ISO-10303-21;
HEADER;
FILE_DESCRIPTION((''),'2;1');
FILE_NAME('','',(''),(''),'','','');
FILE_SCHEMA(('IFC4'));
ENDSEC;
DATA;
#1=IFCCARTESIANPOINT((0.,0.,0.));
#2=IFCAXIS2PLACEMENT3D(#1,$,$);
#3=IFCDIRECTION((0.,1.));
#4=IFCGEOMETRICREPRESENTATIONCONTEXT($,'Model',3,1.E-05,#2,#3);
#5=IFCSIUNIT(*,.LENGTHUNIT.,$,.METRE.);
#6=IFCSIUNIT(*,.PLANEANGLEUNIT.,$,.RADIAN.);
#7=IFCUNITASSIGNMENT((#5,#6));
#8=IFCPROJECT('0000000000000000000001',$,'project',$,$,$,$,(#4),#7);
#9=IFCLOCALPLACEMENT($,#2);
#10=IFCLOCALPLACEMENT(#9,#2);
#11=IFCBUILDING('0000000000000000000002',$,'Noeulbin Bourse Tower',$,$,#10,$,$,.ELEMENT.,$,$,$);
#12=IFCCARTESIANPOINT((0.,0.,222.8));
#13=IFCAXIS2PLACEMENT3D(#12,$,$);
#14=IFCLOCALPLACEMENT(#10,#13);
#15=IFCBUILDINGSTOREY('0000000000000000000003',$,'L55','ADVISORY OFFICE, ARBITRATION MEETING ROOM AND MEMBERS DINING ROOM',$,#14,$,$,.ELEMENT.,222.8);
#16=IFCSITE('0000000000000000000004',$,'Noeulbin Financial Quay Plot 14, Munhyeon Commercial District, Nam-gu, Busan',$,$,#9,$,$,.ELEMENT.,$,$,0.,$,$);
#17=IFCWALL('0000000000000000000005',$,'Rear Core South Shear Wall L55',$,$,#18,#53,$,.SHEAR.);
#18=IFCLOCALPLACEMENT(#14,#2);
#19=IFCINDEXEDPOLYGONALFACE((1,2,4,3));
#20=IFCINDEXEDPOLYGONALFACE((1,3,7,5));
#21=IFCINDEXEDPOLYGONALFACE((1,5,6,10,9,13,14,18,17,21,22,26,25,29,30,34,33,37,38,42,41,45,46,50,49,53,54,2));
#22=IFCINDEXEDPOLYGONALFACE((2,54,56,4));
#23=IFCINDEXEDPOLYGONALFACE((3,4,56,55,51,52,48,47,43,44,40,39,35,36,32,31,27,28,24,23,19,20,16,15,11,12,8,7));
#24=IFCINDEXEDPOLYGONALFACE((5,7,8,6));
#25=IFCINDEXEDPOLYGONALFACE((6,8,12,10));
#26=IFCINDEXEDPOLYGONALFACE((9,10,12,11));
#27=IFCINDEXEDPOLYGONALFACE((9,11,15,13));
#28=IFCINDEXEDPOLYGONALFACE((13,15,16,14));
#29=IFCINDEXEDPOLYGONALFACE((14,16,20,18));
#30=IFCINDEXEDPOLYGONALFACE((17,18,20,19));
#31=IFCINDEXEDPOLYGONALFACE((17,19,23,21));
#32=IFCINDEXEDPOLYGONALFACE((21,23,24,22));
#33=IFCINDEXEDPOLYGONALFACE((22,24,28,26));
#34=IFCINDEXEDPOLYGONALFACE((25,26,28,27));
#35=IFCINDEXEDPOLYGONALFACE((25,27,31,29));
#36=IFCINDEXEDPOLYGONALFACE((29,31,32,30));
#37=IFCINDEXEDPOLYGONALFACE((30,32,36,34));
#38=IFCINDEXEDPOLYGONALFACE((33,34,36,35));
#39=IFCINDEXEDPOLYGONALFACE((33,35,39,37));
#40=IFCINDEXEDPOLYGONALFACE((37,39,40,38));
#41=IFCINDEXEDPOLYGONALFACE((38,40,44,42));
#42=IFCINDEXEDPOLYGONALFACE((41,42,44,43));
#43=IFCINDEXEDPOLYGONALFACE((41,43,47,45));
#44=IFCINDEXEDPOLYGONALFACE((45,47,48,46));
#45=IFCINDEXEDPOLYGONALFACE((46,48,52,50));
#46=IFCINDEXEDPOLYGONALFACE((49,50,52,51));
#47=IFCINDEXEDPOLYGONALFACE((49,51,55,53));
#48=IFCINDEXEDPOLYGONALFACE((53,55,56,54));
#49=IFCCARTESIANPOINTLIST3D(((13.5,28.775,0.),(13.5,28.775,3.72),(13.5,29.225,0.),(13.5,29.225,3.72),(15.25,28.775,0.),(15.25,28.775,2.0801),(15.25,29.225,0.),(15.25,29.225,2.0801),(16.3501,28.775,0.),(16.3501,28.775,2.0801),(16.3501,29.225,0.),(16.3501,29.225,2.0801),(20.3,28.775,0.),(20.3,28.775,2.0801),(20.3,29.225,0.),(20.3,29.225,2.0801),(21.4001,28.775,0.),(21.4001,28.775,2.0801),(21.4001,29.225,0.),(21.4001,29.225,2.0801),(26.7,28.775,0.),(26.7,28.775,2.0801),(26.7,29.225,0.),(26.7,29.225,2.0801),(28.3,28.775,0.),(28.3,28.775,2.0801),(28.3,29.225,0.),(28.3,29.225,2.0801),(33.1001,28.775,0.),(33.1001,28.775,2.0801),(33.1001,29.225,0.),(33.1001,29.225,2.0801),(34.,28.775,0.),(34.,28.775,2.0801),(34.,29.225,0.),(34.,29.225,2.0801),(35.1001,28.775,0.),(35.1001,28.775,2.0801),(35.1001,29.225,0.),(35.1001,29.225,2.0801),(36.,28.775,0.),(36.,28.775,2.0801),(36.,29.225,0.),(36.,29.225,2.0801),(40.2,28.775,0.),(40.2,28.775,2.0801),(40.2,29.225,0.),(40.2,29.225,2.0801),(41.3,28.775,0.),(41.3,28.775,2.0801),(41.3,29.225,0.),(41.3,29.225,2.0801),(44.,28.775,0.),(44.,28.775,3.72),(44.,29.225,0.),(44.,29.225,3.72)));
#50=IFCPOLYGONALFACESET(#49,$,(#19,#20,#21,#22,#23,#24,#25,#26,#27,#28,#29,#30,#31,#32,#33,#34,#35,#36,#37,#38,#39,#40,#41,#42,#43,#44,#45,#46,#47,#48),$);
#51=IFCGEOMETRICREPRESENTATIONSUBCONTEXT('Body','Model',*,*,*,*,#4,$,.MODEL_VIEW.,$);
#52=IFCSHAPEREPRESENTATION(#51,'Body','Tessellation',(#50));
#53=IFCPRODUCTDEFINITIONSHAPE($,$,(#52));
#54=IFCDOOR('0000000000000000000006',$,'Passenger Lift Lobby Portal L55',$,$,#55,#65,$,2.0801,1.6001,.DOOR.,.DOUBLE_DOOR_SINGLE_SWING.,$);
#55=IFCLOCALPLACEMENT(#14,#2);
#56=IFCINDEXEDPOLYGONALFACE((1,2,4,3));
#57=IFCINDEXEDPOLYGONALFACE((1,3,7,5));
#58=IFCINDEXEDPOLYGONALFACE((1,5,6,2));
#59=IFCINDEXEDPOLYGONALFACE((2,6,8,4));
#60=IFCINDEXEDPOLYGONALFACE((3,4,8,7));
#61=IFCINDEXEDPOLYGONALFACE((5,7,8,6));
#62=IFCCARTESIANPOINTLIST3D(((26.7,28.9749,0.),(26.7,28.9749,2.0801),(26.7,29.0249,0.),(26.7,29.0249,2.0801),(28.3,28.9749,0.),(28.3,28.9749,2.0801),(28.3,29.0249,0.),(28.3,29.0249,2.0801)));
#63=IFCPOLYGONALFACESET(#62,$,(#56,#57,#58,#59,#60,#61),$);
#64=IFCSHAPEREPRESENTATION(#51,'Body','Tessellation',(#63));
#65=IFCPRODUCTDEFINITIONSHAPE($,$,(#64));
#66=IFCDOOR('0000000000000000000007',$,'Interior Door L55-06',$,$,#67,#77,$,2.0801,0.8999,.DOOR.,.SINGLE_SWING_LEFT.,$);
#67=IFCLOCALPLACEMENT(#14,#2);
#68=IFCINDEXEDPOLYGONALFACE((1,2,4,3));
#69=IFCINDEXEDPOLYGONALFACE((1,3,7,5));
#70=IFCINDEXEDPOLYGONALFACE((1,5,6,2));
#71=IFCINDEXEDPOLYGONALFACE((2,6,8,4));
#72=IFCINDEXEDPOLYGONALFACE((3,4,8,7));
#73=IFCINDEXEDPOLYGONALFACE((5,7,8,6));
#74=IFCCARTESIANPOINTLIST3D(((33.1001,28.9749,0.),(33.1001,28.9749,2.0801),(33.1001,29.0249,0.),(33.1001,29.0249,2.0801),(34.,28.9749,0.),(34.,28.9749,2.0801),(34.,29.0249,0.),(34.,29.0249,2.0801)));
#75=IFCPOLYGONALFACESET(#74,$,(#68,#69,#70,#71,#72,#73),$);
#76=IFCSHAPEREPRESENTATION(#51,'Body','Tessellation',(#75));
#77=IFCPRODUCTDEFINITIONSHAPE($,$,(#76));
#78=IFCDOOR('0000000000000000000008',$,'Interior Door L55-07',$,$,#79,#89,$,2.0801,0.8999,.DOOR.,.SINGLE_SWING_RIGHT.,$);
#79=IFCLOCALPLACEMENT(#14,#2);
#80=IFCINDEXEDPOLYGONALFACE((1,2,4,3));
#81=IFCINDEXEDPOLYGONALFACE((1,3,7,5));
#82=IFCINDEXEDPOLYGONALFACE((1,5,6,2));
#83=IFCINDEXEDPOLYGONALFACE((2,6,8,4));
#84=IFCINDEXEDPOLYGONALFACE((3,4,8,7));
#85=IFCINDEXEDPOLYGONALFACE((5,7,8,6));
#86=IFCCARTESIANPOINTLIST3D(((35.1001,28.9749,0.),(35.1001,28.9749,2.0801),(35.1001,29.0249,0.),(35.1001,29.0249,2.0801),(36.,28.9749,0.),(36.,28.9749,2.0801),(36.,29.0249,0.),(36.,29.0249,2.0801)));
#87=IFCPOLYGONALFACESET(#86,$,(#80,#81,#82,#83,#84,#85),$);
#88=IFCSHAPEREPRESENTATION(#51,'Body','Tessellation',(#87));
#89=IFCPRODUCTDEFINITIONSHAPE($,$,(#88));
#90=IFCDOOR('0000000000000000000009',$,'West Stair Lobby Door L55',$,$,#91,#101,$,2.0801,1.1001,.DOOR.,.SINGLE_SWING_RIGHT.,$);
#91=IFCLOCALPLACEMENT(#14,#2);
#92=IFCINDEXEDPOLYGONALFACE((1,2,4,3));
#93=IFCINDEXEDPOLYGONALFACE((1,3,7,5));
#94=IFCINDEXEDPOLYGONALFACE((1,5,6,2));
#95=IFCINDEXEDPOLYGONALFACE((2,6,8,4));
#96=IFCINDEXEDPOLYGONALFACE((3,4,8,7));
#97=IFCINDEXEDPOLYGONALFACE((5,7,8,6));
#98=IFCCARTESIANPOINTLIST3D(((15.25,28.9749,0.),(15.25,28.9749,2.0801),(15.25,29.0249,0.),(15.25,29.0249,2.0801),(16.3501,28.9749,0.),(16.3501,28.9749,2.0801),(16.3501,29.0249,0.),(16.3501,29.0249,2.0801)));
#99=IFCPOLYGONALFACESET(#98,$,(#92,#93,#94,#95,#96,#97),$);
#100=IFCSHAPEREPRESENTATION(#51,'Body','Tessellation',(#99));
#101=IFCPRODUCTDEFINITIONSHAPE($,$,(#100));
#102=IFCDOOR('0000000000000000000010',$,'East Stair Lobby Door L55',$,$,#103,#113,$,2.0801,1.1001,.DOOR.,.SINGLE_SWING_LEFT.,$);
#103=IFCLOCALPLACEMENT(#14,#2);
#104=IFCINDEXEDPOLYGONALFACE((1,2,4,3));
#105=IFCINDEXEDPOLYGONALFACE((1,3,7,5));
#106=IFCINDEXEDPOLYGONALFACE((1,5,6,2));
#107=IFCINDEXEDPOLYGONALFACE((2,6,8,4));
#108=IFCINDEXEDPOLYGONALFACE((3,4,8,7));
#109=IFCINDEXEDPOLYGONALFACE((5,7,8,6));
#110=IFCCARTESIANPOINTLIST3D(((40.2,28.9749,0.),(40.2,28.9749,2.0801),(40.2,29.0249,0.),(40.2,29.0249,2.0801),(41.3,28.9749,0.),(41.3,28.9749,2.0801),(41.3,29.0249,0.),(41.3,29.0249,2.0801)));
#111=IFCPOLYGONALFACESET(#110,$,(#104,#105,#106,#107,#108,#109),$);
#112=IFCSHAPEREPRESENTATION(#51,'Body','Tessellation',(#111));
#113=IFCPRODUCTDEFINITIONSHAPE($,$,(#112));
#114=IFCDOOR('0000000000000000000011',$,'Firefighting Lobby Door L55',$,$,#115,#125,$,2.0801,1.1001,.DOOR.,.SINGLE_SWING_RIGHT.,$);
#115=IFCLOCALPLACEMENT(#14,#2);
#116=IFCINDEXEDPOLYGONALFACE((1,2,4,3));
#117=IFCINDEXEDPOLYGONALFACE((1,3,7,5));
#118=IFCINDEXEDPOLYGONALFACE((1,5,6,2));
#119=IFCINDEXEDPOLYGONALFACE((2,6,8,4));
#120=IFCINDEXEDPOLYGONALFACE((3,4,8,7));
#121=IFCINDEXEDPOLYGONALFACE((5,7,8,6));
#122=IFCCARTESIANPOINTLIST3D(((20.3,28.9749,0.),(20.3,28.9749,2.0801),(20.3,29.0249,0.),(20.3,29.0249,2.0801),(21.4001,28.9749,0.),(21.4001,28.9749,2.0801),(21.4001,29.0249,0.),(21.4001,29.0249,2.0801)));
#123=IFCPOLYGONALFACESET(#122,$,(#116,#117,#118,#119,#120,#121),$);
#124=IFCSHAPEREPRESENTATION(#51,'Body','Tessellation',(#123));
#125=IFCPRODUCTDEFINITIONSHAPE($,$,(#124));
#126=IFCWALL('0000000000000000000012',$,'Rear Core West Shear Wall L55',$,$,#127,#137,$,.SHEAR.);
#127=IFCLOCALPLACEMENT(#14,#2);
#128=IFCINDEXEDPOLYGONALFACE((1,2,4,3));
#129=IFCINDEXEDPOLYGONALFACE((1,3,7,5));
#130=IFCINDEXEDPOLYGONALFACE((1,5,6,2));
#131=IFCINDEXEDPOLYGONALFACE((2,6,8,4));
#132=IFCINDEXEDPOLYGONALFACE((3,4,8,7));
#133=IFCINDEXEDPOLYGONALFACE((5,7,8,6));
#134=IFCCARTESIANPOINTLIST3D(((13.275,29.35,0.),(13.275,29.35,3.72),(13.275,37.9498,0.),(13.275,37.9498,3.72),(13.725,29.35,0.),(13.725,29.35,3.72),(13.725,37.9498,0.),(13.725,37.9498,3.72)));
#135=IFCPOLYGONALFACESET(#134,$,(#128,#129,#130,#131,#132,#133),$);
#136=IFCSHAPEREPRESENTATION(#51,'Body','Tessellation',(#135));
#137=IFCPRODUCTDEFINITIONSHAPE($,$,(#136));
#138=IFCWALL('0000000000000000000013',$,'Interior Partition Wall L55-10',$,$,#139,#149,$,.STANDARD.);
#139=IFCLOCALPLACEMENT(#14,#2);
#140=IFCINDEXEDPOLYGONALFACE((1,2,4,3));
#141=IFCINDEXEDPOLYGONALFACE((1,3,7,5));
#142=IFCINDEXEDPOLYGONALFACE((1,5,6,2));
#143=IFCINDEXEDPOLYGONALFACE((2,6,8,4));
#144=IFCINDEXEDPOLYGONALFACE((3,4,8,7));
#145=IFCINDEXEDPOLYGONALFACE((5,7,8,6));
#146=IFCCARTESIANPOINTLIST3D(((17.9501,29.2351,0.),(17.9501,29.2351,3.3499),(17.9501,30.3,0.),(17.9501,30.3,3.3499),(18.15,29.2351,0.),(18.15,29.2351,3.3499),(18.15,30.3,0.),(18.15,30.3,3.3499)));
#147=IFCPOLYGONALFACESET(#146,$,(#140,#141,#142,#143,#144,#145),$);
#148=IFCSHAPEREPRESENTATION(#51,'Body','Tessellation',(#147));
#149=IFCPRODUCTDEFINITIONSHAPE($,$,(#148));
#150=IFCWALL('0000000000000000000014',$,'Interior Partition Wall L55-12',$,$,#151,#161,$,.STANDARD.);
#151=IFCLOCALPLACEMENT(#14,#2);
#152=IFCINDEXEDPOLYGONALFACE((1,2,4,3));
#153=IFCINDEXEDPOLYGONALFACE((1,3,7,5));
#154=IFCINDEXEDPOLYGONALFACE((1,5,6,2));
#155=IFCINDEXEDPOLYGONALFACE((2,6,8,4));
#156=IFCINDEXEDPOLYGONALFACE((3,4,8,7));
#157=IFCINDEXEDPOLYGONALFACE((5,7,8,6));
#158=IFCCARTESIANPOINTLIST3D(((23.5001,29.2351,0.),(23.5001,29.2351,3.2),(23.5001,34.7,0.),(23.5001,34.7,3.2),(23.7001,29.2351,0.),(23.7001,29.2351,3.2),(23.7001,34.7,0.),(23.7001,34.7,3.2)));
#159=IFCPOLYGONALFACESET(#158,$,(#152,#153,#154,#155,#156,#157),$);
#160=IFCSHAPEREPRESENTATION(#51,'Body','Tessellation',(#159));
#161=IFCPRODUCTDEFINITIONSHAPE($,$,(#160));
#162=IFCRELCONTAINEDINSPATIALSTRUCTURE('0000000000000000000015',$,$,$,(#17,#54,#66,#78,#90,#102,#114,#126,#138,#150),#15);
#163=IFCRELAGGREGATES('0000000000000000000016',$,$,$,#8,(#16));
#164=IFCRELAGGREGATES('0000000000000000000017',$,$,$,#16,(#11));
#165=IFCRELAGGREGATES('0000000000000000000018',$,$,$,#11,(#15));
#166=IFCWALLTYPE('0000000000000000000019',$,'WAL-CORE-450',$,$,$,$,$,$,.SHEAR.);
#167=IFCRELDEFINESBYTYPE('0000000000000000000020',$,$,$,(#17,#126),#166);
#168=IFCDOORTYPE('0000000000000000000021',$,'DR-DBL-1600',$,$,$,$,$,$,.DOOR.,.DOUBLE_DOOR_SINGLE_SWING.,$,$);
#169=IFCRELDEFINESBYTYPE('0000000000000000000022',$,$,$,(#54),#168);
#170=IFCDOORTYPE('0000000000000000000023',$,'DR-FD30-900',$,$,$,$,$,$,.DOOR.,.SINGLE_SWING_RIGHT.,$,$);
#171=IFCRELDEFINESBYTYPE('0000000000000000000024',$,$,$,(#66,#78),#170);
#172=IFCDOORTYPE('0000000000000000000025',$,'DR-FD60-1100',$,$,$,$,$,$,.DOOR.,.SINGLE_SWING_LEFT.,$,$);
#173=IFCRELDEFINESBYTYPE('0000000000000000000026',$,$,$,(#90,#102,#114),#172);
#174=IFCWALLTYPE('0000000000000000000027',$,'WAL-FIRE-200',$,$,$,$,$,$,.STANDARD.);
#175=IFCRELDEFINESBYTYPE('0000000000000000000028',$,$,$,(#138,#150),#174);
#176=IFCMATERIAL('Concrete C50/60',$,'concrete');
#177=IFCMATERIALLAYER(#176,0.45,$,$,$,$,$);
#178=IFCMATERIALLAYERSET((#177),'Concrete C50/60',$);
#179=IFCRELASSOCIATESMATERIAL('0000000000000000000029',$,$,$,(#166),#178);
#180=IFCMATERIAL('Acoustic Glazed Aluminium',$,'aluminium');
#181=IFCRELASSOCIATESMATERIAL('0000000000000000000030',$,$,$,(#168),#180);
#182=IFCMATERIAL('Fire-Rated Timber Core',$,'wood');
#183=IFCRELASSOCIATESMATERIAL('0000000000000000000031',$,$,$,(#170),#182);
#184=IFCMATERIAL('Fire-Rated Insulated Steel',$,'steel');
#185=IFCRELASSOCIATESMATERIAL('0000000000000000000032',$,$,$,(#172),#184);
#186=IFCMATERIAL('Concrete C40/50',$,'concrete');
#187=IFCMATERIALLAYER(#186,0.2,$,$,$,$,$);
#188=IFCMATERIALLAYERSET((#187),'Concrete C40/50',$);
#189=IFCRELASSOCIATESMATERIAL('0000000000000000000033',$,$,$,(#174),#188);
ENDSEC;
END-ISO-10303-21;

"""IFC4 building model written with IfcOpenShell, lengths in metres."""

from ifc_helpers import new_model, si_unit, direction, frame, frame_2d, origin, place, context, subcontext, project, spatial, rectangle, extrude, material, layer, layer_set, type_object, element, fill, save


model = new_model("IFC4")

# Units and contexts
model_context = context("Model", 3, precision=1e-05, world=origin(), true_north=direction((0.0, 1.0)))
body_context = subcontext(model_context, "Body", "Model", "MODEL_VIEW")
ifc_project = project(units=[si_unit("LENGTHUNIT", "METRE"), si_unit("PLANEANGLEUNIT", "RADIAN")], contexts=[model_context])

# Site, building, storey
site_placement = place(None, origin())
site = spatial("IfcSite", under=ifc_project, at=site_placement, Name="Noeulbin Financial Quay Plot 14, Munhyeon Commercial District, Nam-gu, Busan", CompositionType="ELEMENT", RefElevation=0.0)
building_placement = place(site_placement, origin())
building = spatial("IfcBuilding", under=site, at=building_placement, Name="Noeulbin Bourse Tower", CompositionType="ELEMENT")
storey_placement = place(building_placement, frame((0.0, 0.0, 222.8)))
storey = spatial("IfcBuildingStorey", under=building, at=storey_placement, Name="L55", Description="ADVISORY OFFICE, ARBITRATION MEETING ROOM AND MEMBERS DINING ROOM", CompositionType="ELEMENT", Elevation=222.8)

# Wall, openings, doors
ifc_material_1 = material(Name="Concrete C50/60", Category="concrete")
ifc_layer_1 = layer(ifc_material_1, 0.45)
ifc_layer_set_1 = layer_set([ifc_layer_1], Name="Concrete C50/60")
wall_type_1 = type_object("IfcWallType", Name="WAL-CORE-450", PredefinedType="SHEAR", material=ifc_layer_set_1)
wall_1_placement = place(storey_placement, frame((13.5, 29.0, 0.0), z_axis=(0.0, 0.0, 1.0), x_axis=(1.0, 0.0, 0.0)))
wall_1 = element("IfcWall", 1, at=wall_1_placement, inside=storey, type_object=wall_type_1, Name="Rear Core South Shear Wall L55", PredefinedType="SHEAR", context=body_context, shape_type="SweptSolid", body=[
    extrude(rectangle(XDim=30.5, YDim=0.45, at=frame_2d((15.25, 0.0))), origin(), (0.0, 0.0, 1.0), 3.72),
])
opening_1_placement = place(wall_1_placement, frame((1.75, 0.0, 0.0)))
opening_1 = element("IfcOpeningElement", 2, at=opening_1_placement, cuts=wall_1, PredefinedType="OPENING", context=body_context, shape_type="SweptSolid", body=[
    extrude(rectangle(XDim=1.1001, YDim=2.0801, at=frame_2d((0.55, 1.04))), frame((0.0, 0.2349, 0.0), z_axis=(0.0, -1.0, 0.0), x_axis=(1.0, 0.0, 0.0)), (0.0, 0.0, 1.0), 0.47),
])
opening_2_placement = place(wall_1_placement, frame((26.7, 0.0, 0.0)))
opening_2 = element("IfcOpeningElement", 3, at=opening_2_placement, cuts=wall_1, PredefinedType="OPENING", context=body_context, shape_type="SweptSolid", body=[
    extrude(rectangle(XDim=1.1001, YDim=2.0801, at=frame_2d((0.55, 1.04))), frame((0.0, 0.2349, 0.0), z_axis=(0.0, -1.0, 0.0), x_axis=(1.0, 0.0, 0.0)), (0.0, 0.0, 1.0), 0.47),
])
opening_3_placement = place(wall_1_placement, frame((6.8, 0.0, 0.0)))
opening_3 = element("IfcOpeningElement", 4, at=opening_3_placement, cuts=wall_1, PredefinedType="OPENING", context=body_context, shape_type="SweptSolid", body=[
    extrude(rectangle(XDim=1.1001, YDim=2.0801, at=frame_2d((0.55, 1.04))), frame((0.0, 0.2349, 0.0), z_axis=(0.0, -1.0, 0.0), x_axis=(1.0, 0.0, 0.0)), (0.0, 0.0, 1.0), 0.47),
])
opening_4_placement = place(wall_1_placement, frame((13.2, 0.0, 0.0)))
opening_4 = element("IfcOpeningElement", 5, at=opening_4_placement, cuts=wall_1, PredefinedType="OPENING", context=body_context, shape_type="SweptSolid", body=[
    extrude(rectangle(XDim=1.6001, YDim=2.0801, at=frame_2d((0.8, 1.04))), frame((0.0, 0.2349, 0.0), z_axis=(0.0, -1.0, 0.0), x_axis=(1.0, 0.0, 0.0)), (0.0, 0.0, 1.0), 0.47),
])
opening_5_placement = place(wall_1_placement, frame((19.6001, 0.0, 0.0)))
opening_5 = element("IfcOpeningElement", 6, at=opening_5_placement, cuts=wall_1, PredefinedType="OPENING", context=body_context, shape_type="SweptSolid", body=[
    extrude(rectangle(XDim=0.8999, YDim=2.0801, at=frame_2d((0.45, 1.04))), frame((0.0, 0.2349, 0.0), z_axis=(0.0, -1.0, 0.0), x_axis=(1.0, 0.0, 0.0)), (0.0, 0.0, 1.0), 0.47),
])
opening_6_placement = place(wall_1_placement, frame((21.6001, 0.0, 0.0)))
opening_6 = element("IfcOpeningElement", 7, at=opening_6_placement, cuts=wall_1, PredefinedType="OPENING", context=body_context, shape_type="SweptSolid", body=[
    extrude(rectangle(XDim=0.8999, YDim=2.0801, at=frame_2d((0.45, 1.04))), frame((0.0, 0.2349, 0.0), z_axis=(0.0, -1.0, 0.0), x_axis=(1.0, 0.0, 0.0)), (0.0, 0.0, 1.0), 0.47),
])
ifc_material_2 = material(Name="Acoustic Glazed Aluminium", Category="aluminium")
door_type_1 = type_object("IfcDoorType", Name="DR-DBL-1600", OperationType="DOUBLE_DOOR_SINGLE_SWING", PredefinedType="DOOR", material=ifc_material_2)
door_1_placement = place(opening_4_placement, origin())
door_1 = element("IfcDoor", 8, at=door_1_placement, inside=storey, type_object=door_type_1, Name="Passenger Lift Lobby Portal L55", OperationType="DOUBLE_DOOR_SINGLE_SWING", OverallHeight=2.0801, OverallWidth=1.6001, PredefinedType="DOOR", context=body_context, shape_type="SweptSolid", body=[
    extrude(rectangle(XDim=1.6001, YDim=2.0801, at=frame_2d((0.8, 1.04))), frame((0.0, 0.0249, 0.0), z_axis=(0.0, -1.0, 0.0), x_axis=(1.0, 0.0, 0.0)), (0.0, 0.0, 1.0), 0.05),
])
fill(opening_4, door_1)
ifc_material_3 = material(Name="Fire-Rated Timber Core", Category="wood")
door_type_2 = type_object("IfcDoorType", Name="DR-FD30-900", OperationType="SINGLE_SWING_RIGHT", PredefinedType="DOOR", material=ifc_material_3)
door_2_placement = place(opening_5_placement, origin())
door_2 = element("IfcDoor", 9, at=door_2_placement, inside=storey, type_object=door_type_2, Name="Interior Door L55-06", OperationType="SINGLE_SWING_LEFT", OverallHeight=2.0801, OverallWidth=0.8999, PredefinedType="DOOR", context=body_context, shape_type="SweptSolid", body=[
    extrude(rectangle(XDim=0.8999, YDim=2.0801, at=frame_2d((0.45, 1.04))), frame((0.0, 0.0249, 0.0), z_axis=(0.0, -1.0, 0.0), x_axis=(1.0, 0.0, 0.0)), (0.0, 0.0, 1.0), 0.05),
])
fill(opening_5, door_2)
door_3_placement = place(opening_6_placement, origin())
door_3 = element("IfcDoor", 10, at=door_3_placement, inside=storey, type_object=door_type_2, Name="Interior Door L55-07", OperationType="SINGLE_SWING_RIGHT", OverallHeight=2.0801, OverallWidth=0.8999, PredefinedType="DOOR", context=body_context, shape_type="SweptSolid", body=[
    extrude(rectangle(XDim=0.8999, YDim=2.0801, at=frame_2d((0.45, 1.04))), frame((0.0, 0.0249, 0.0), z_axis=(0.0, -1.0, 0.0), x_axis=(1.0, 0.0, 0.0)), (0.0, 0.0, 1.0), 0.05),
])
fill(opening_6, door_3)
ifc_material_4 = material(Name="Fire-Rated Insulated Steel", Category="steel")
door_type_3 = type_object("IfcDoorType", Name="DR-FD60-1100", OperationType="SINGLE_SWING_LEFT", PredefinedType="DOOR", material=ifc_material_4)
door_4_placement = place(opening_1_placement, origin())
door_4 = element("IfcDoor", 11, at=door_4_placement, inside=storey, type_object=door_type_3, Name="West Stair Lobby Door L55", OperationType="SINGLE_SWING_RIGHT", OverallHeight=2.0801, OverallWidth=1.1001, PredefinedType="DOOR", context=body_context, shape_type="SweptSolid", body=[
    extrude(rectangle(XDim=1.1001, YDim=2.0801, at=frame_2d((0.55, 1.04))), frame((0.0, 0.0249, 0.0), z_axis=(0.0, -1.0, 0.0), x_axis=(1.0, 0.0, 0.0)), (0.0, 0.0, 1.0), 0.05),
])
fill(opening_1, door_4)
door_5_placement = place(opening_2_placement, origin())
door_5 = element("IfcDoor", 12, at=door_5_placement, inside=storey, type_object=door_type_3, Name="East Stair Lobby Door L55", OperationType="SINGLE_SWING_LEFT", OverallHeight=2.0801, OverallWidth=1.1001, PredefinedType="DOOR", context=body_context, shape_type="SweptSolid", body=[
    extrude(rectangle(XDim=1.1001, YDim=2.0801, at=frame_2d((0.55, 1.04))), frame((0.0, 0.0249, 0.0), z_axis=(0.0, -1.0, 0.0), x_axis=(1.0, 0.0, 0.0)), (0.0, 0.0, 1.0), 0.05),
])
fill(opening_2, door_5)
door_6_placement = place(opening_3_placement, origin())
door_6 = element("IfcDoor", 13, at=door_6_placement, inside=storey, type_object=door_type_3, Name="Firefighting Lobby Door L55", OperationType="SINGLE_SWING_RIGHT", OverallHeight=2.0801, OverallWidth=1.1001, PredefinedType="DOOR", context=body_context, shape_type="SweptSolid", body=[
    extrude(rectangle(XDim=1.1001, YDim=2.0801, at=frame_2d((0.55, 1.04))), frame((0.0, 0.0249, 0.0), z_axis=(0.0, -1.0, 0.0), x_axis=(1.0, 0.0, 0.0)), (0.0, 0.0, 1.0), 0.05),
])
fill(opening_3, door_6)

# Walls
wall_2_placement = place(storey_placement, frame((13.5, 29.3501, 0.0), z_axis=(0.0, 0.0, 1.0), x_axis=(0.0, 1.0, 0.0)))
element("IfcWall", 14, at=wall_2_placement, inside=storey, type_object=wall_type_1, Name="Rear Core West Shear Wall L55", PredefinedType="SHEAR", context=body_context, shape_type="SweptSolid", body=[
    extrude(rectangle(XDim=8.5999, YDim=0.45, at=frame_2d((4.2998, 0.0))), origin(), (0.0, 0.0, 1.0), 3.72),
])
ifc_material_5 = material(Name="Concrete C40/50", Category="concrete")
ifc_layer_2 = layer(ifc_material_5, 0.2)
ifc_layer_set_2 = layer_set([ifc_layer_2], Name="Concrete C40/50")
wall_type_2 = type_object("IfcWallType", Name="WAL-FIRE-200", PredefinedType="STANDARD", material=ifc_layer_set_2)
wall_3_placement = place(storey_placement, frame((18.05, 29.2351, 0.0), z_axis=(0.0, 0.0, 1.0), x_axis=(0.0, 1.0, 0.0)))
element("IfcWall", 15, at=wall_3_placement, inside=storey, type_object=wall_type_2, Name="Interior Partition Wall L55-10", PredefinedType="STANDARD", context=body_context, shape_type="SweptSolid", body=[
    extrude(rectangle(XDim=1.0649, YDim=0.2, at=frame_2d((0.5325, 0.0))), origin(), (0.0, 0.0, 1.0), 3.3499),
])
wall_4_placement = place(storey_placement, frame((23.6001, 29.2351, 0.0), z_axis=(0.0, 0.0, 1.0), x_axis=(0.0, 1.0, 0.0)))
element("IfcWall", 16, at=wall_4_placement, inside=storey, type_object=wall_type_2, Name="Interior Partition Wall L55-12", PredefinedType="STANDARD", context=body_context, shape_type="SweptSolid", body=[
    extrude(rectangle(XDim=5.4648, YDim=0.2, at=frame_2d((2.7324, 0.0))), origin(), (0.0, 0.0, 1.0), 3.2),
])

save(model, "model.ifc")
